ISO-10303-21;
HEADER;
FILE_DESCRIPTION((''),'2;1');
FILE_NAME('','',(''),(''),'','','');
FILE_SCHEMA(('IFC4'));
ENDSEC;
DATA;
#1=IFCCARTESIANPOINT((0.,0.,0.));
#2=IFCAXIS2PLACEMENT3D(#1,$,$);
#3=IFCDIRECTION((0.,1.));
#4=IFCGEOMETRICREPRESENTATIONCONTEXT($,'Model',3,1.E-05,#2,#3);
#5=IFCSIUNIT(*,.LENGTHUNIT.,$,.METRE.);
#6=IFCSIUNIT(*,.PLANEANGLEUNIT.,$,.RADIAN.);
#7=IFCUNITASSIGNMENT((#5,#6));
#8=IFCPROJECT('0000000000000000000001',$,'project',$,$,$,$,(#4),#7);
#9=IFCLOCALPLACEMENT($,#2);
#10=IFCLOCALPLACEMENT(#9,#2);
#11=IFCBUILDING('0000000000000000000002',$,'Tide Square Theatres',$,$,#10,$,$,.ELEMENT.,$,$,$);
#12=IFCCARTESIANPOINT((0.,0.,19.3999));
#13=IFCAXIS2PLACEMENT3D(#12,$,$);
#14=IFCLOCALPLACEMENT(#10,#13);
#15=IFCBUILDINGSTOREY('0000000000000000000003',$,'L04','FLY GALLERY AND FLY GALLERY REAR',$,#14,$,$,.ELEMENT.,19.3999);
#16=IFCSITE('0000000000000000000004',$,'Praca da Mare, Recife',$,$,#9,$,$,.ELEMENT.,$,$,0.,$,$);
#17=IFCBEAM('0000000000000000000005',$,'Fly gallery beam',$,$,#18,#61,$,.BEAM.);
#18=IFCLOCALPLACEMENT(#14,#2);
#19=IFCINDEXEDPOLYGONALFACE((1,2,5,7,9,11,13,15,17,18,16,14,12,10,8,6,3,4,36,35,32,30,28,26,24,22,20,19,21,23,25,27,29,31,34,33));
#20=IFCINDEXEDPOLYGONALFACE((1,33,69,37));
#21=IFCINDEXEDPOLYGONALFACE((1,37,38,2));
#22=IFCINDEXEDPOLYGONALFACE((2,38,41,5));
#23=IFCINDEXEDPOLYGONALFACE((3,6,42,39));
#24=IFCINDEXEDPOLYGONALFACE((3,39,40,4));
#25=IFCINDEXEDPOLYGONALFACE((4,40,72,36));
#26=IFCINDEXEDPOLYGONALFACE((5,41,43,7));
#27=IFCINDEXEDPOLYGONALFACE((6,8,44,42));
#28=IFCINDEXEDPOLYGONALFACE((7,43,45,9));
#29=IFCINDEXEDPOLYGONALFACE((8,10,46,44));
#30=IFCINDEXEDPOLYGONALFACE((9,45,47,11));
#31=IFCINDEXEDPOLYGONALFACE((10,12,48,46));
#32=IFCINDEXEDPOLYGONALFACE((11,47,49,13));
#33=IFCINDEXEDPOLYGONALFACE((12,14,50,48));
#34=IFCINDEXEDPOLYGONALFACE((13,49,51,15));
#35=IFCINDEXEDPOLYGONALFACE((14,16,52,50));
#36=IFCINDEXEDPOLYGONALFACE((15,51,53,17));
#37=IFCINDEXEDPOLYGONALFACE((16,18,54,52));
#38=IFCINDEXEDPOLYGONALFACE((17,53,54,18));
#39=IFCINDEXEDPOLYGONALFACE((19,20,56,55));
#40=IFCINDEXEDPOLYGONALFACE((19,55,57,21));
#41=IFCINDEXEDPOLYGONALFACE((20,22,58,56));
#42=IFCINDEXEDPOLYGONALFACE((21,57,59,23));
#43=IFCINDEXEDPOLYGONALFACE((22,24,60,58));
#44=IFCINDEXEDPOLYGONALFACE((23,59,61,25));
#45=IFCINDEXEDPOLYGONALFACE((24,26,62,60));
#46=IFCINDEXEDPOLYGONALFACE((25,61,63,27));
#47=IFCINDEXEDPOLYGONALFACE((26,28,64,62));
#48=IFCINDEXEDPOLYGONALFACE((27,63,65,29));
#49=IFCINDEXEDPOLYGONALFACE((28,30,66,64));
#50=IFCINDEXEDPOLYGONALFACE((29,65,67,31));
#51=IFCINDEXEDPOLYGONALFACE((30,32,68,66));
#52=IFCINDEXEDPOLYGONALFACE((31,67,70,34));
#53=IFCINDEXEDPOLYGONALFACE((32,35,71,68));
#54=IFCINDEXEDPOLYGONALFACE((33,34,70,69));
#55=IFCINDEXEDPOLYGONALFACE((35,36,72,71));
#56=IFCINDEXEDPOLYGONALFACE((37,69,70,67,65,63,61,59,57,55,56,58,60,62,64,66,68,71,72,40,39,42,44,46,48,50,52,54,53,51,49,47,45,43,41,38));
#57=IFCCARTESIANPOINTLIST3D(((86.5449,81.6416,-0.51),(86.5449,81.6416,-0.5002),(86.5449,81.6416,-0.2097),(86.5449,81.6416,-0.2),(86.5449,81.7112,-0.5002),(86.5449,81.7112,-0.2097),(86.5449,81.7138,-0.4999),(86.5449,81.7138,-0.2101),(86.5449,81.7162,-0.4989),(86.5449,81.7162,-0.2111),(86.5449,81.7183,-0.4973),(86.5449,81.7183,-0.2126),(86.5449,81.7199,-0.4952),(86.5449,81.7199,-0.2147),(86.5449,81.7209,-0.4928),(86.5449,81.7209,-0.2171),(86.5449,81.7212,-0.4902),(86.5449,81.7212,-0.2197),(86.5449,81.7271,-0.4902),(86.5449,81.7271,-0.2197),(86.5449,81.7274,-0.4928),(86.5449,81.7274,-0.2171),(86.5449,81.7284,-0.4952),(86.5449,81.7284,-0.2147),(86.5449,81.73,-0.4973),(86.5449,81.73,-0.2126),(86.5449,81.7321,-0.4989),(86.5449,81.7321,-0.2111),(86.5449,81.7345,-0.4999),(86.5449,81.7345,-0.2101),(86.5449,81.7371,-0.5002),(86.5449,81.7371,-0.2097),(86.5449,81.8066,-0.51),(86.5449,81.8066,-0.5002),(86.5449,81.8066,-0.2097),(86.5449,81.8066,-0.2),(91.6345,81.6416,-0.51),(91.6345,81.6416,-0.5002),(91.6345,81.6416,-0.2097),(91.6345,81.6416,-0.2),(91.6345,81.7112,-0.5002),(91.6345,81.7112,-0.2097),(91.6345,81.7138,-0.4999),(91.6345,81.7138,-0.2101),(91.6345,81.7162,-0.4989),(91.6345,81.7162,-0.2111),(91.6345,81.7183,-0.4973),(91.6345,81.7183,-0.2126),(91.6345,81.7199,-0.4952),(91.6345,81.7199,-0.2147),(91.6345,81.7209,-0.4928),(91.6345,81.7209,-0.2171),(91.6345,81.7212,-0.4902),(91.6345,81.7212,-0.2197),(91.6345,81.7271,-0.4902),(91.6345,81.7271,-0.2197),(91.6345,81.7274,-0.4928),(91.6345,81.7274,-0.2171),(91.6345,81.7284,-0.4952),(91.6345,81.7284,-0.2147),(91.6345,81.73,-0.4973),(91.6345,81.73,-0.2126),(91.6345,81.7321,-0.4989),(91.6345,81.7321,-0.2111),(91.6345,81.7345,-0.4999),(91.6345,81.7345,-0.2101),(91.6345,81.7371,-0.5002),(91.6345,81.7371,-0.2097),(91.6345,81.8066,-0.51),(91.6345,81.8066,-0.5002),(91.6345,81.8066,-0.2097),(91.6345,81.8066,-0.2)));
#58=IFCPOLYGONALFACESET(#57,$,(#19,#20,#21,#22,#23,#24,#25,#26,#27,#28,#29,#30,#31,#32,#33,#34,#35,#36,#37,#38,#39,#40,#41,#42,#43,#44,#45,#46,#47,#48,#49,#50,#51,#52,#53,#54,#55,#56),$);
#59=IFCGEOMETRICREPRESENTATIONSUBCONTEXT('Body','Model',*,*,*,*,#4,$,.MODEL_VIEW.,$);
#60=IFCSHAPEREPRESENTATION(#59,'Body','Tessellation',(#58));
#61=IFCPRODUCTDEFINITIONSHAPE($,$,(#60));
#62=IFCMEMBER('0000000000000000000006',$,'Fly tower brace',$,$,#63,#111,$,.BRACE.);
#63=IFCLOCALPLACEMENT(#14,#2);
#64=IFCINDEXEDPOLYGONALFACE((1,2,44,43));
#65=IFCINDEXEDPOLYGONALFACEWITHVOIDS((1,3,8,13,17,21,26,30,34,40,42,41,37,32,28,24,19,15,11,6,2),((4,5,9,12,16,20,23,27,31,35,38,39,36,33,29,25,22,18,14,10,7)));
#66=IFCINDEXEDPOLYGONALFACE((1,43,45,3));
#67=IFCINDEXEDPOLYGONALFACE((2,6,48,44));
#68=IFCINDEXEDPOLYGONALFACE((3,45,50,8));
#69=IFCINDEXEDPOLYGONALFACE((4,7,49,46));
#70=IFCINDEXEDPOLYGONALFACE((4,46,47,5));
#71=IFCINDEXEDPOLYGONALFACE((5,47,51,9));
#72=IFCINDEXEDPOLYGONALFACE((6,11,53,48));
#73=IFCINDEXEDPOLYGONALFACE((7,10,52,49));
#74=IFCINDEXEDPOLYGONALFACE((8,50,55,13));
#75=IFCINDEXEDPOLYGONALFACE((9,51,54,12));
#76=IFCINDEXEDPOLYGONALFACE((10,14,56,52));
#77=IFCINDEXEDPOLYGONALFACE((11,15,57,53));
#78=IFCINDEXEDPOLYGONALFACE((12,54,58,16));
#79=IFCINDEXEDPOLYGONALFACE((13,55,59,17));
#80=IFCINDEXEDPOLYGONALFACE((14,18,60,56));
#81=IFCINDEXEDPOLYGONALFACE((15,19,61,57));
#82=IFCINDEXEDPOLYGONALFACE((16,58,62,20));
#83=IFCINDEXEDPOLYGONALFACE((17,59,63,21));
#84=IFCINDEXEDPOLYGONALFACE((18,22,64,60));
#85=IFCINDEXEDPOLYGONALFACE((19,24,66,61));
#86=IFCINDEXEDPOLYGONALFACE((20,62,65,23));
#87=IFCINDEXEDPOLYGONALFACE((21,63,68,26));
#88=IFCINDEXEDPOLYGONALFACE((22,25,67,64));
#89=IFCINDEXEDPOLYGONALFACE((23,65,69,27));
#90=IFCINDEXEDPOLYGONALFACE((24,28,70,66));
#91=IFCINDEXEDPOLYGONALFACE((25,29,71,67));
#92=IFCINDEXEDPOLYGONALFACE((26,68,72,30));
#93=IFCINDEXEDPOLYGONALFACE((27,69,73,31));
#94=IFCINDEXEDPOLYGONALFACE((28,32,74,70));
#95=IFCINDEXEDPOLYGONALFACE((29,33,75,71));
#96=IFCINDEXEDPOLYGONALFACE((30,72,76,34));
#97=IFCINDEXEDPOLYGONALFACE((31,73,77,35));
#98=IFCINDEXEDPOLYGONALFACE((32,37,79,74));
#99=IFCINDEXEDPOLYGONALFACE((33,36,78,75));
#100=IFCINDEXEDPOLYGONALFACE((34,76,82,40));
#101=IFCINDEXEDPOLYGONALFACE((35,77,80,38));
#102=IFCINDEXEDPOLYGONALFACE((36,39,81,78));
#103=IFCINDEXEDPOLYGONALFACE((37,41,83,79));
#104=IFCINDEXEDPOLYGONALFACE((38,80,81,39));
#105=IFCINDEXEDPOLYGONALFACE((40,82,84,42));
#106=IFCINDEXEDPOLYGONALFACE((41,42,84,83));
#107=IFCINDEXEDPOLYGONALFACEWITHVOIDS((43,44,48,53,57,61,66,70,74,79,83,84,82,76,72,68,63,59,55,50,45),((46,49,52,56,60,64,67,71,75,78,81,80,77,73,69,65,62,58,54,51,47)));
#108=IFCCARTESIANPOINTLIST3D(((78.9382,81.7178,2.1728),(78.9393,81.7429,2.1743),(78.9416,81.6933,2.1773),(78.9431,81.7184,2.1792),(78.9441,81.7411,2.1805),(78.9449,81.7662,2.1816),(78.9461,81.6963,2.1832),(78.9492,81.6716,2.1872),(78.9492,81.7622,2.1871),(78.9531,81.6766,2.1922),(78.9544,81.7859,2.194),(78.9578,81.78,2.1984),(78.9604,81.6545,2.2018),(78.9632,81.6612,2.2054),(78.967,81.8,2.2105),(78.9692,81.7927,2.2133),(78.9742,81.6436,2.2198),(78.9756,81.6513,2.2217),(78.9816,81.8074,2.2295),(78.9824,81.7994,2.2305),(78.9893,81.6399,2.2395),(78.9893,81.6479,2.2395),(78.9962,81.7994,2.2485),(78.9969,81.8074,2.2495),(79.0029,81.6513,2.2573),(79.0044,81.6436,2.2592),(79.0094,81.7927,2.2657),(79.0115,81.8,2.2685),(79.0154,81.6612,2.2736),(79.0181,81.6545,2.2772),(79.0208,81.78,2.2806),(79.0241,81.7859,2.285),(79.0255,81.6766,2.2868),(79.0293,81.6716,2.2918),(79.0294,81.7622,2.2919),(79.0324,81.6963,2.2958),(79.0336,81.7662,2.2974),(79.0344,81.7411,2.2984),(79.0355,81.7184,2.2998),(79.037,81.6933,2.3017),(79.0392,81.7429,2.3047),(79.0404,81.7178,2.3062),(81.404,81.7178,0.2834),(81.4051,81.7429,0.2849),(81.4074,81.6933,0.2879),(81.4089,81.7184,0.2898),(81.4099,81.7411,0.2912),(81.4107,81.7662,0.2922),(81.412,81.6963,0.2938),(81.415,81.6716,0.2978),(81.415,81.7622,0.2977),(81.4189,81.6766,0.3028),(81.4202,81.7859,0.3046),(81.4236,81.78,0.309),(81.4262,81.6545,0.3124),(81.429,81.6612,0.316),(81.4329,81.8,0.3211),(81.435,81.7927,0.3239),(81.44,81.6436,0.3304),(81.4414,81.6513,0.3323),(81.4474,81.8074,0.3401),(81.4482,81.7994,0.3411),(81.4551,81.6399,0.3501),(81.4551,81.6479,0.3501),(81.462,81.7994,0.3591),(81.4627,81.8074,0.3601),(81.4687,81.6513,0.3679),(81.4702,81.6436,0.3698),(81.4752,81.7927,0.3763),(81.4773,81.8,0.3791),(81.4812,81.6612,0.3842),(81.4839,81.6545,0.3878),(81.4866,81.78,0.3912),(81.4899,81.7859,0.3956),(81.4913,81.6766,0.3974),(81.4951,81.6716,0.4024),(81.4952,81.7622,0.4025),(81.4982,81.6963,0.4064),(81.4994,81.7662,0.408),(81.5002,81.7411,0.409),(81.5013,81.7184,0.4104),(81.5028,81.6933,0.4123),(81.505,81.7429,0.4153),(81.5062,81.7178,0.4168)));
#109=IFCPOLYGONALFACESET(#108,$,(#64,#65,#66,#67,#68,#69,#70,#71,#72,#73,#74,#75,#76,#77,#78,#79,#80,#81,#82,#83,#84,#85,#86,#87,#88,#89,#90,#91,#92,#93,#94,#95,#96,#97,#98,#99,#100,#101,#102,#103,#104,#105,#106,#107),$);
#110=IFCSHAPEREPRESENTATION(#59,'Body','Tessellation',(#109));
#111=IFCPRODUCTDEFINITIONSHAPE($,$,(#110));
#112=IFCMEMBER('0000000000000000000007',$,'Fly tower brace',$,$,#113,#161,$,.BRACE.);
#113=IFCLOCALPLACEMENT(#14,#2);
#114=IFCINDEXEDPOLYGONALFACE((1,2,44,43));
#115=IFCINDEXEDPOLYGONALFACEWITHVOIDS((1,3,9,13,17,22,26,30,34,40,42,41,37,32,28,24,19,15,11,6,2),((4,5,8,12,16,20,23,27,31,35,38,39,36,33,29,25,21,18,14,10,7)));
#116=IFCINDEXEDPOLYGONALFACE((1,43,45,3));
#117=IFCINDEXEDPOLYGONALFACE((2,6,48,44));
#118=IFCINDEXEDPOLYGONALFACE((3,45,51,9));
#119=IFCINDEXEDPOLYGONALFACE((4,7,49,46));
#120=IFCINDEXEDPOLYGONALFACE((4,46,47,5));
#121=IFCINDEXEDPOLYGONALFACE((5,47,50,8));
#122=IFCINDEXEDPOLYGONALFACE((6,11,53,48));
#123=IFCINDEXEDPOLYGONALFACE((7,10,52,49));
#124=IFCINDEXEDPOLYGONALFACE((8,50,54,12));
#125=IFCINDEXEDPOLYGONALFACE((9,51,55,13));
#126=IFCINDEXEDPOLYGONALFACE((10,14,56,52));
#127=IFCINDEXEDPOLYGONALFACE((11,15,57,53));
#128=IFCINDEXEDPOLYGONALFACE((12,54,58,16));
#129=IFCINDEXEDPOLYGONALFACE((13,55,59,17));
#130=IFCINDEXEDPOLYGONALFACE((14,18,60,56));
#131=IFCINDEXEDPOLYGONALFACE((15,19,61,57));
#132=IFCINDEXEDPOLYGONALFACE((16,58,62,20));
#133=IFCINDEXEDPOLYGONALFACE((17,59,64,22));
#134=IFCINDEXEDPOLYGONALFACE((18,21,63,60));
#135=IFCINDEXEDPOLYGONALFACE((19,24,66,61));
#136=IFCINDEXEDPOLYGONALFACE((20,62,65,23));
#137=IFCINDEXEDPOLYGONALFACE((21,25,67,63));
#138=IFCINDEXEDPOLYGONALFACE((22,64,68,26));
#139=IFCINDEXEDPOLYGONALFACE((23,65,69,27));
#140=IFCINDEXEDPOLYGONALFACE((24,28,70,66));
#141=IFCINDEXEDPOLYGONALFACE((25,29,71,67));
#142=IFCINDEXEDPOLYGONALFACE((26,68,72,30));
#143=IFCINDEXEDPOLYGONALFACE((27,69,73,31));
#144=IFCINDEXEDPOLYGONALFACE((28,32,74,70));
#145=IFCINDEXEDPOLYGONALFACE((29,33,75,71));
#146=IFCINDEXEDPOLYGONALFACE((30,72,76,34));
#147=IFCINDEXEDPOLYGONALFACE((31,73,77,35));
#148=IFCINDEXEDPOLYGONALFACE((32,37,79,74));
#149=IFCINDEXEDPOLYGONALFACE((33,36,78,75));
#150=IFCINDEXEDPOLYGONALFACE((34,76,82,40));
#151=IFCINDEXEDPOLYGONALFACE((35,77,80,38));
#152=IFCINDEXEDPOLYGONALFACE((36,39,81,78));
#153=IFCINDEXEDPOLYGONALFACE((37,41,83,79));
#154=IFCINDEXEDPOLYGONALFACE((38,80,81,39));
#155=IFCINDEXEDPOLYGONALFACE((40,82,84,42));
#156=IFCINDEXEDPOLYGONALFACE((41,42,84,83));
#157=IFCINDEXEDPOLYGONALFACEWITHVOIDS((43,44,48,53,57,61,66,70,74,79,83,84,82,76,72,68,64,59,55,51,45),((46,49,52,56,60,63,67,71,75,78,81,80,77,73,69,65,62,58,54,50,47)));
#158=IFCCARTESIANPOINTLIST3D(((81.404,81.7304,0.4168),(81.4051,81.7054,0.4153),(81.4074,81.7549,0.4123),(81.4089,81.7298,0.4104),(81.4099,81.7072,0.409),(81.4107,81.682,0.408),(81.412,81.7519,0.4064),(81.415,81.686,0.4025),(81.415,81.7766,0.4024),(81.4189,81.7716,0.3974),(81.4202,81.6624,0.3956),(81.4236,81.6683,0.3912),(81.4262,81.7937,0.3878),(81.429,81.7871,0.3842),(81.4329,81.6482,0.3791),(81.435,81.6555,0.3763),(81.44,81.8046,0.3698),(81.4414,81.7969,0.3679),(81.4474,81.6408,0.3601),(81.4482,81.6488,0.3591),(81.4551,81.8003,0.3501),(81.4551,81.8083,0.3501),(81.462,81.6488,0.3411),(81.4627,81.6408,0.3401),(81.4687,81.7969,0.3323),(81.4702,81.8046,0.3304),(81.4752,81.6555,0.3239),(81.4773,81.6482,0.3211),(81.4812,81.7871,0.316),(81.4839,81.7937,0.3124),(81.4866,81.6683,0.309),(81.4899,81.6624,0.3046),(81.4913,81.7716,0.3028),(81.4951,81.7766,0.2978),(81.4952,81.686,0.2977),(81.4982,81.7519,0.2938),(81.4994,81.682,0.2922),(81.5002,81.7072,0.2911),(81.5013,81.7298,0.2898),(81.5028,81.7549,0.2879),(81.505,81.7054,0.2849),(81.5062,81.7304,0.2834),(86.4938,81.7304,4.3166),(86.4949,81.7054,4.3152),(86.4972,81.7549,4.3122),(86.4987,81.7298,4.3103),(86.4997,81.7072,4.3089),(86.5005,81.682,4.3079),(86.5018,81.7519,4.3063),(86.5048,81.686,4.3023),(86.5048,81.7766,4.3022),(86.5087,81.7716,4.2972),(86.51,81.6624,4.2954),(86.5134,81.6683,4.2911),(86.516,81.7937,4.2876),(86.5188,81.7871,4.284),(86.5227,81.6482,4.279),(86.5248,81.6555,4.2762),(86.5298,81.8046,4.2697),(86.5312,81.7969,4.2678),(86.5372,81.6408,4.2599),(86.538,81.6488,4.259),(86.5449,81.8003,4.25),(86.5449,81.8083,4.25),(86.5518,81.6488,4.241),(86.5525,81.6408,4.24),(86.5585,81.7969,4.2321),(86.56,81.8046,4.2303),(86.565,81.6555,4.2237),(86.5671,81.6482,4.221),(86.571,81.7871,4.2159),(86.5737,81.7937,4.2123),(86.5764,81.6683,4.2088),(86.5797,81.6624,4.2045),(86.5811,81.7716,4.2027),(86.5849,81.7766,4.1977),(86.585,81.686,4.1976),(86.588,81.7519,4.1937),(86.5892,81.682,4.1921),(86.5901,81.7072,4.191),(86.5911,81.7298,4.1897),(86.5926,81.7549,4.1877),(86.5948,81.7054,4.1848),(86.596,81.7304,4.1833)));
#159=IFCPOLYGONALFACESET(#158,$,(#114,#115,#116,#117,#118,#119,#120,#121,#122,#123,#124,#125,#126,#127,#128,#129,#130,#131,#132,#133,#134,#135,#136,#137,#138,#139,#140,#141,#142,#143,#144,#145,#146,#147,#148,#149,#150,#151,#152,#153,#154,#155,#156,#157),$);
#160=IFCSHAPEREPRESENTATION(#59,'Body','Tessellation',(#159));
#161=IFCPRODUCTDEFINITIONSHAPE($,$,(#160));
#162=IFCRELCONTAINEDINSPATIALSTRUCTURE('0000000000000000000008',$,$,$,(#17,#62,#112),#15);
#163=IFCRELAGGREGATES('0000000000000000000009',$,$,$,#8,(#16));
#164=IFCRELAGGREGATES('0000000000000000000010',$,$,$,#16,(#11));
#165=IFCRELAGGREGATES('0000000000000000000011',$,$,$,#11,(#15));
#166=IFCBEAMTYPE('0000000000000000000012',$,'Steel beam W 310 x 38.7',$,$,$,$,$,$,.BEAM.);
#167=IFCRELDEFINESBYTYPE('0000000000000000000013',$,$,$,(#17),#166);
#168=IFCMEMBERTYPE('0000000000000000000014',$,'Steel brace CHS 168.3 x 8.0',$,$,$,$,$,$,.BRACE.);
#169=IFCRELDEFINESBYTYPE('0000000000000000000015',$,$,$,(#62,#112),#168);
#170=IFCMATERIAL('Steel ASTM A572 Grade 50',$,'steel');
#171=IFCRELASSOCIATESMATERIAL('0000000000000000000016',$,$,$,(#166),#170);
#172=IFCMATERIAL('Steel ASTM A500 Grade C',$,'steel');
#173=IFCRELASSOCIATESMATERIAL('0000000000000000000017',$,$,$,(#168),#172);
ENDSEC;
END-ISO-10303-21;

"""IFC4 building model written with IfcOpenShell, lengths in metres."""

from ifc_helpers import new_model, si_unit, direction, frame, origin, origin_2d, place, context, subcontext, project, spatial, hollow_circle, i_section, extrude, material, material_profile, profile_set, type_object, element, save


model = new_model("IFC4")

# Units and contexts
model_context = context("Model", 3, precision=1e-05, world=origin(), true_north=direction((0.0, 1.0)))
body_context = subcontext(model_context, "Body", "Model", "MODEL_VIEW")
ifc_project = project(units=[si_unit("LENGTHUNIT", "METRE"), si_unit("PLANEANGLEUNIT", "RADIAN")], contexts=[model_context])

# Site, building, storey
site_placement = place(None, origin())
site = spatial("IfcSite", under=ifc_project, at=site_placement, Name="Praca da Mare, Recife", CompositionType="ELEMENT", RefElevation=0.0)
building_placement = place(site_placement, origin())
building = spatial("IfcBuilding", under=site, at=building_placement, Name="Tide Square Theatres", CompositionType="ELEMENT")
storey_placement = place(building_placement, frame((0.0, 0.0, 19.3999)))
storey = spatial("IfcBuildingStorey", under=building, at=storey_placement, Name="L04", Description="FLY GALLERY AND FLY GALLERY REAR", CompositionType="ELEMENT", Elevation=19.3999)

# Beam
ifc_material_1 = material(Name="Steel ASTM A572 Grade 50", Category="steel")
ifc_material_profile_1 = material_profile(ifc_material_1, i_section(OverallWidth=0.165, OverallDepth=0.3101, WebThickness=0.0059, FlangeThickness=0.0098, FilletRadius=0.01, at=origin_2d()))
ifc_profile_set_1 = profile_set([ifc_material_profile_1], Name="Steel ASTM A572 Grade 50")
beam_type = type_object("IfcBeamType", Name="Steel beam W 310 x 38.7", PredefinedType="BEAM", material=ifc_profile_set_1)
for number, where, z_axis, x_axis, name in (
    (1, (86.5449, 81.7241, -0.355), (1.0, 0.0, 0.0), (0.0, 1.0, 0.0), "Fly gallery beam"),
):
    element("IfcBeam", number, at=place(storey_placement, frame(where, z_axis=z_axis, x_axis=x_axis)), inside=storey, type_object=beam_type, Name=name, PredefinedType="BEAM", context=body_context, shape_type="SweptSolid", body=[
        extrude(i_section(OverallWidth=0.165, OverallDepth=0.3101, WebThickness=0.0059, FlangeThickness=0.0098, FilletRadius=0.01, at=origin_2d()), origin(), (0.0, 0.0, 1.0), 5.0896),
    ])

# Members
ifc_material_2 = material(Name="Steel ASTM A500 Grade C", Category="steel")
ifc_material_profile_2 = material_profile(ifc_material_2, hollow_circle(Radius=0.0842, WallThickness=0.0081, at=origin_2d()))
ifc_profile_set_2 = profile_set([ifc_material_profile_2], Name="Steel ASTM A500 Grade C")
member_type = type_object("IfcMemberType", Name="Steel brace CHS 168.3 x 8.0", PredefinedType="BRACE", material=ifc_profile_set_2)
member_1_placement = place(storey_placement, frame((81.4551, 81.7241, 0.3501), z_axis=(-0.793771, 0.0, 0.608217), x_axis=(0.0, -1.0, 0.0)))
element("IfcMember", 2, at=member_1_placement, inside=storey, type_object=member_type, Name="Fly tower brace", PredefinedType="BRACE", context=body_context, shape_type="SweptSolid", body=[
    extrude(hollow_circle(Radius=0.0842, WallThickness=0.0081, at=origin_2d()), origin(), (0.0, 0.0, 1.0), 3.1064),
])
member_2_placement = place(storey_placement, frame((81.4551, 81.7241, 0.3501), z_axis=(0.79378, 0.0, 0.608205), x_axis=(0.0, 1.0, 0.0)))
element("IfcMember", 3, at=member_2_placement, inside=storey, type_object=member_type, Name="Fly tower brace", PredefinedType="BRACE", context=body_context, shape_type="SweptSolid", body=[
    extrude(hollow_circle(Radius=0.0842, WallThickness=0.0081, at=origin_2d()), origin(), (0.0, 0.0, 1.0), 6.4121),
])

save(model, "model.ifc")
